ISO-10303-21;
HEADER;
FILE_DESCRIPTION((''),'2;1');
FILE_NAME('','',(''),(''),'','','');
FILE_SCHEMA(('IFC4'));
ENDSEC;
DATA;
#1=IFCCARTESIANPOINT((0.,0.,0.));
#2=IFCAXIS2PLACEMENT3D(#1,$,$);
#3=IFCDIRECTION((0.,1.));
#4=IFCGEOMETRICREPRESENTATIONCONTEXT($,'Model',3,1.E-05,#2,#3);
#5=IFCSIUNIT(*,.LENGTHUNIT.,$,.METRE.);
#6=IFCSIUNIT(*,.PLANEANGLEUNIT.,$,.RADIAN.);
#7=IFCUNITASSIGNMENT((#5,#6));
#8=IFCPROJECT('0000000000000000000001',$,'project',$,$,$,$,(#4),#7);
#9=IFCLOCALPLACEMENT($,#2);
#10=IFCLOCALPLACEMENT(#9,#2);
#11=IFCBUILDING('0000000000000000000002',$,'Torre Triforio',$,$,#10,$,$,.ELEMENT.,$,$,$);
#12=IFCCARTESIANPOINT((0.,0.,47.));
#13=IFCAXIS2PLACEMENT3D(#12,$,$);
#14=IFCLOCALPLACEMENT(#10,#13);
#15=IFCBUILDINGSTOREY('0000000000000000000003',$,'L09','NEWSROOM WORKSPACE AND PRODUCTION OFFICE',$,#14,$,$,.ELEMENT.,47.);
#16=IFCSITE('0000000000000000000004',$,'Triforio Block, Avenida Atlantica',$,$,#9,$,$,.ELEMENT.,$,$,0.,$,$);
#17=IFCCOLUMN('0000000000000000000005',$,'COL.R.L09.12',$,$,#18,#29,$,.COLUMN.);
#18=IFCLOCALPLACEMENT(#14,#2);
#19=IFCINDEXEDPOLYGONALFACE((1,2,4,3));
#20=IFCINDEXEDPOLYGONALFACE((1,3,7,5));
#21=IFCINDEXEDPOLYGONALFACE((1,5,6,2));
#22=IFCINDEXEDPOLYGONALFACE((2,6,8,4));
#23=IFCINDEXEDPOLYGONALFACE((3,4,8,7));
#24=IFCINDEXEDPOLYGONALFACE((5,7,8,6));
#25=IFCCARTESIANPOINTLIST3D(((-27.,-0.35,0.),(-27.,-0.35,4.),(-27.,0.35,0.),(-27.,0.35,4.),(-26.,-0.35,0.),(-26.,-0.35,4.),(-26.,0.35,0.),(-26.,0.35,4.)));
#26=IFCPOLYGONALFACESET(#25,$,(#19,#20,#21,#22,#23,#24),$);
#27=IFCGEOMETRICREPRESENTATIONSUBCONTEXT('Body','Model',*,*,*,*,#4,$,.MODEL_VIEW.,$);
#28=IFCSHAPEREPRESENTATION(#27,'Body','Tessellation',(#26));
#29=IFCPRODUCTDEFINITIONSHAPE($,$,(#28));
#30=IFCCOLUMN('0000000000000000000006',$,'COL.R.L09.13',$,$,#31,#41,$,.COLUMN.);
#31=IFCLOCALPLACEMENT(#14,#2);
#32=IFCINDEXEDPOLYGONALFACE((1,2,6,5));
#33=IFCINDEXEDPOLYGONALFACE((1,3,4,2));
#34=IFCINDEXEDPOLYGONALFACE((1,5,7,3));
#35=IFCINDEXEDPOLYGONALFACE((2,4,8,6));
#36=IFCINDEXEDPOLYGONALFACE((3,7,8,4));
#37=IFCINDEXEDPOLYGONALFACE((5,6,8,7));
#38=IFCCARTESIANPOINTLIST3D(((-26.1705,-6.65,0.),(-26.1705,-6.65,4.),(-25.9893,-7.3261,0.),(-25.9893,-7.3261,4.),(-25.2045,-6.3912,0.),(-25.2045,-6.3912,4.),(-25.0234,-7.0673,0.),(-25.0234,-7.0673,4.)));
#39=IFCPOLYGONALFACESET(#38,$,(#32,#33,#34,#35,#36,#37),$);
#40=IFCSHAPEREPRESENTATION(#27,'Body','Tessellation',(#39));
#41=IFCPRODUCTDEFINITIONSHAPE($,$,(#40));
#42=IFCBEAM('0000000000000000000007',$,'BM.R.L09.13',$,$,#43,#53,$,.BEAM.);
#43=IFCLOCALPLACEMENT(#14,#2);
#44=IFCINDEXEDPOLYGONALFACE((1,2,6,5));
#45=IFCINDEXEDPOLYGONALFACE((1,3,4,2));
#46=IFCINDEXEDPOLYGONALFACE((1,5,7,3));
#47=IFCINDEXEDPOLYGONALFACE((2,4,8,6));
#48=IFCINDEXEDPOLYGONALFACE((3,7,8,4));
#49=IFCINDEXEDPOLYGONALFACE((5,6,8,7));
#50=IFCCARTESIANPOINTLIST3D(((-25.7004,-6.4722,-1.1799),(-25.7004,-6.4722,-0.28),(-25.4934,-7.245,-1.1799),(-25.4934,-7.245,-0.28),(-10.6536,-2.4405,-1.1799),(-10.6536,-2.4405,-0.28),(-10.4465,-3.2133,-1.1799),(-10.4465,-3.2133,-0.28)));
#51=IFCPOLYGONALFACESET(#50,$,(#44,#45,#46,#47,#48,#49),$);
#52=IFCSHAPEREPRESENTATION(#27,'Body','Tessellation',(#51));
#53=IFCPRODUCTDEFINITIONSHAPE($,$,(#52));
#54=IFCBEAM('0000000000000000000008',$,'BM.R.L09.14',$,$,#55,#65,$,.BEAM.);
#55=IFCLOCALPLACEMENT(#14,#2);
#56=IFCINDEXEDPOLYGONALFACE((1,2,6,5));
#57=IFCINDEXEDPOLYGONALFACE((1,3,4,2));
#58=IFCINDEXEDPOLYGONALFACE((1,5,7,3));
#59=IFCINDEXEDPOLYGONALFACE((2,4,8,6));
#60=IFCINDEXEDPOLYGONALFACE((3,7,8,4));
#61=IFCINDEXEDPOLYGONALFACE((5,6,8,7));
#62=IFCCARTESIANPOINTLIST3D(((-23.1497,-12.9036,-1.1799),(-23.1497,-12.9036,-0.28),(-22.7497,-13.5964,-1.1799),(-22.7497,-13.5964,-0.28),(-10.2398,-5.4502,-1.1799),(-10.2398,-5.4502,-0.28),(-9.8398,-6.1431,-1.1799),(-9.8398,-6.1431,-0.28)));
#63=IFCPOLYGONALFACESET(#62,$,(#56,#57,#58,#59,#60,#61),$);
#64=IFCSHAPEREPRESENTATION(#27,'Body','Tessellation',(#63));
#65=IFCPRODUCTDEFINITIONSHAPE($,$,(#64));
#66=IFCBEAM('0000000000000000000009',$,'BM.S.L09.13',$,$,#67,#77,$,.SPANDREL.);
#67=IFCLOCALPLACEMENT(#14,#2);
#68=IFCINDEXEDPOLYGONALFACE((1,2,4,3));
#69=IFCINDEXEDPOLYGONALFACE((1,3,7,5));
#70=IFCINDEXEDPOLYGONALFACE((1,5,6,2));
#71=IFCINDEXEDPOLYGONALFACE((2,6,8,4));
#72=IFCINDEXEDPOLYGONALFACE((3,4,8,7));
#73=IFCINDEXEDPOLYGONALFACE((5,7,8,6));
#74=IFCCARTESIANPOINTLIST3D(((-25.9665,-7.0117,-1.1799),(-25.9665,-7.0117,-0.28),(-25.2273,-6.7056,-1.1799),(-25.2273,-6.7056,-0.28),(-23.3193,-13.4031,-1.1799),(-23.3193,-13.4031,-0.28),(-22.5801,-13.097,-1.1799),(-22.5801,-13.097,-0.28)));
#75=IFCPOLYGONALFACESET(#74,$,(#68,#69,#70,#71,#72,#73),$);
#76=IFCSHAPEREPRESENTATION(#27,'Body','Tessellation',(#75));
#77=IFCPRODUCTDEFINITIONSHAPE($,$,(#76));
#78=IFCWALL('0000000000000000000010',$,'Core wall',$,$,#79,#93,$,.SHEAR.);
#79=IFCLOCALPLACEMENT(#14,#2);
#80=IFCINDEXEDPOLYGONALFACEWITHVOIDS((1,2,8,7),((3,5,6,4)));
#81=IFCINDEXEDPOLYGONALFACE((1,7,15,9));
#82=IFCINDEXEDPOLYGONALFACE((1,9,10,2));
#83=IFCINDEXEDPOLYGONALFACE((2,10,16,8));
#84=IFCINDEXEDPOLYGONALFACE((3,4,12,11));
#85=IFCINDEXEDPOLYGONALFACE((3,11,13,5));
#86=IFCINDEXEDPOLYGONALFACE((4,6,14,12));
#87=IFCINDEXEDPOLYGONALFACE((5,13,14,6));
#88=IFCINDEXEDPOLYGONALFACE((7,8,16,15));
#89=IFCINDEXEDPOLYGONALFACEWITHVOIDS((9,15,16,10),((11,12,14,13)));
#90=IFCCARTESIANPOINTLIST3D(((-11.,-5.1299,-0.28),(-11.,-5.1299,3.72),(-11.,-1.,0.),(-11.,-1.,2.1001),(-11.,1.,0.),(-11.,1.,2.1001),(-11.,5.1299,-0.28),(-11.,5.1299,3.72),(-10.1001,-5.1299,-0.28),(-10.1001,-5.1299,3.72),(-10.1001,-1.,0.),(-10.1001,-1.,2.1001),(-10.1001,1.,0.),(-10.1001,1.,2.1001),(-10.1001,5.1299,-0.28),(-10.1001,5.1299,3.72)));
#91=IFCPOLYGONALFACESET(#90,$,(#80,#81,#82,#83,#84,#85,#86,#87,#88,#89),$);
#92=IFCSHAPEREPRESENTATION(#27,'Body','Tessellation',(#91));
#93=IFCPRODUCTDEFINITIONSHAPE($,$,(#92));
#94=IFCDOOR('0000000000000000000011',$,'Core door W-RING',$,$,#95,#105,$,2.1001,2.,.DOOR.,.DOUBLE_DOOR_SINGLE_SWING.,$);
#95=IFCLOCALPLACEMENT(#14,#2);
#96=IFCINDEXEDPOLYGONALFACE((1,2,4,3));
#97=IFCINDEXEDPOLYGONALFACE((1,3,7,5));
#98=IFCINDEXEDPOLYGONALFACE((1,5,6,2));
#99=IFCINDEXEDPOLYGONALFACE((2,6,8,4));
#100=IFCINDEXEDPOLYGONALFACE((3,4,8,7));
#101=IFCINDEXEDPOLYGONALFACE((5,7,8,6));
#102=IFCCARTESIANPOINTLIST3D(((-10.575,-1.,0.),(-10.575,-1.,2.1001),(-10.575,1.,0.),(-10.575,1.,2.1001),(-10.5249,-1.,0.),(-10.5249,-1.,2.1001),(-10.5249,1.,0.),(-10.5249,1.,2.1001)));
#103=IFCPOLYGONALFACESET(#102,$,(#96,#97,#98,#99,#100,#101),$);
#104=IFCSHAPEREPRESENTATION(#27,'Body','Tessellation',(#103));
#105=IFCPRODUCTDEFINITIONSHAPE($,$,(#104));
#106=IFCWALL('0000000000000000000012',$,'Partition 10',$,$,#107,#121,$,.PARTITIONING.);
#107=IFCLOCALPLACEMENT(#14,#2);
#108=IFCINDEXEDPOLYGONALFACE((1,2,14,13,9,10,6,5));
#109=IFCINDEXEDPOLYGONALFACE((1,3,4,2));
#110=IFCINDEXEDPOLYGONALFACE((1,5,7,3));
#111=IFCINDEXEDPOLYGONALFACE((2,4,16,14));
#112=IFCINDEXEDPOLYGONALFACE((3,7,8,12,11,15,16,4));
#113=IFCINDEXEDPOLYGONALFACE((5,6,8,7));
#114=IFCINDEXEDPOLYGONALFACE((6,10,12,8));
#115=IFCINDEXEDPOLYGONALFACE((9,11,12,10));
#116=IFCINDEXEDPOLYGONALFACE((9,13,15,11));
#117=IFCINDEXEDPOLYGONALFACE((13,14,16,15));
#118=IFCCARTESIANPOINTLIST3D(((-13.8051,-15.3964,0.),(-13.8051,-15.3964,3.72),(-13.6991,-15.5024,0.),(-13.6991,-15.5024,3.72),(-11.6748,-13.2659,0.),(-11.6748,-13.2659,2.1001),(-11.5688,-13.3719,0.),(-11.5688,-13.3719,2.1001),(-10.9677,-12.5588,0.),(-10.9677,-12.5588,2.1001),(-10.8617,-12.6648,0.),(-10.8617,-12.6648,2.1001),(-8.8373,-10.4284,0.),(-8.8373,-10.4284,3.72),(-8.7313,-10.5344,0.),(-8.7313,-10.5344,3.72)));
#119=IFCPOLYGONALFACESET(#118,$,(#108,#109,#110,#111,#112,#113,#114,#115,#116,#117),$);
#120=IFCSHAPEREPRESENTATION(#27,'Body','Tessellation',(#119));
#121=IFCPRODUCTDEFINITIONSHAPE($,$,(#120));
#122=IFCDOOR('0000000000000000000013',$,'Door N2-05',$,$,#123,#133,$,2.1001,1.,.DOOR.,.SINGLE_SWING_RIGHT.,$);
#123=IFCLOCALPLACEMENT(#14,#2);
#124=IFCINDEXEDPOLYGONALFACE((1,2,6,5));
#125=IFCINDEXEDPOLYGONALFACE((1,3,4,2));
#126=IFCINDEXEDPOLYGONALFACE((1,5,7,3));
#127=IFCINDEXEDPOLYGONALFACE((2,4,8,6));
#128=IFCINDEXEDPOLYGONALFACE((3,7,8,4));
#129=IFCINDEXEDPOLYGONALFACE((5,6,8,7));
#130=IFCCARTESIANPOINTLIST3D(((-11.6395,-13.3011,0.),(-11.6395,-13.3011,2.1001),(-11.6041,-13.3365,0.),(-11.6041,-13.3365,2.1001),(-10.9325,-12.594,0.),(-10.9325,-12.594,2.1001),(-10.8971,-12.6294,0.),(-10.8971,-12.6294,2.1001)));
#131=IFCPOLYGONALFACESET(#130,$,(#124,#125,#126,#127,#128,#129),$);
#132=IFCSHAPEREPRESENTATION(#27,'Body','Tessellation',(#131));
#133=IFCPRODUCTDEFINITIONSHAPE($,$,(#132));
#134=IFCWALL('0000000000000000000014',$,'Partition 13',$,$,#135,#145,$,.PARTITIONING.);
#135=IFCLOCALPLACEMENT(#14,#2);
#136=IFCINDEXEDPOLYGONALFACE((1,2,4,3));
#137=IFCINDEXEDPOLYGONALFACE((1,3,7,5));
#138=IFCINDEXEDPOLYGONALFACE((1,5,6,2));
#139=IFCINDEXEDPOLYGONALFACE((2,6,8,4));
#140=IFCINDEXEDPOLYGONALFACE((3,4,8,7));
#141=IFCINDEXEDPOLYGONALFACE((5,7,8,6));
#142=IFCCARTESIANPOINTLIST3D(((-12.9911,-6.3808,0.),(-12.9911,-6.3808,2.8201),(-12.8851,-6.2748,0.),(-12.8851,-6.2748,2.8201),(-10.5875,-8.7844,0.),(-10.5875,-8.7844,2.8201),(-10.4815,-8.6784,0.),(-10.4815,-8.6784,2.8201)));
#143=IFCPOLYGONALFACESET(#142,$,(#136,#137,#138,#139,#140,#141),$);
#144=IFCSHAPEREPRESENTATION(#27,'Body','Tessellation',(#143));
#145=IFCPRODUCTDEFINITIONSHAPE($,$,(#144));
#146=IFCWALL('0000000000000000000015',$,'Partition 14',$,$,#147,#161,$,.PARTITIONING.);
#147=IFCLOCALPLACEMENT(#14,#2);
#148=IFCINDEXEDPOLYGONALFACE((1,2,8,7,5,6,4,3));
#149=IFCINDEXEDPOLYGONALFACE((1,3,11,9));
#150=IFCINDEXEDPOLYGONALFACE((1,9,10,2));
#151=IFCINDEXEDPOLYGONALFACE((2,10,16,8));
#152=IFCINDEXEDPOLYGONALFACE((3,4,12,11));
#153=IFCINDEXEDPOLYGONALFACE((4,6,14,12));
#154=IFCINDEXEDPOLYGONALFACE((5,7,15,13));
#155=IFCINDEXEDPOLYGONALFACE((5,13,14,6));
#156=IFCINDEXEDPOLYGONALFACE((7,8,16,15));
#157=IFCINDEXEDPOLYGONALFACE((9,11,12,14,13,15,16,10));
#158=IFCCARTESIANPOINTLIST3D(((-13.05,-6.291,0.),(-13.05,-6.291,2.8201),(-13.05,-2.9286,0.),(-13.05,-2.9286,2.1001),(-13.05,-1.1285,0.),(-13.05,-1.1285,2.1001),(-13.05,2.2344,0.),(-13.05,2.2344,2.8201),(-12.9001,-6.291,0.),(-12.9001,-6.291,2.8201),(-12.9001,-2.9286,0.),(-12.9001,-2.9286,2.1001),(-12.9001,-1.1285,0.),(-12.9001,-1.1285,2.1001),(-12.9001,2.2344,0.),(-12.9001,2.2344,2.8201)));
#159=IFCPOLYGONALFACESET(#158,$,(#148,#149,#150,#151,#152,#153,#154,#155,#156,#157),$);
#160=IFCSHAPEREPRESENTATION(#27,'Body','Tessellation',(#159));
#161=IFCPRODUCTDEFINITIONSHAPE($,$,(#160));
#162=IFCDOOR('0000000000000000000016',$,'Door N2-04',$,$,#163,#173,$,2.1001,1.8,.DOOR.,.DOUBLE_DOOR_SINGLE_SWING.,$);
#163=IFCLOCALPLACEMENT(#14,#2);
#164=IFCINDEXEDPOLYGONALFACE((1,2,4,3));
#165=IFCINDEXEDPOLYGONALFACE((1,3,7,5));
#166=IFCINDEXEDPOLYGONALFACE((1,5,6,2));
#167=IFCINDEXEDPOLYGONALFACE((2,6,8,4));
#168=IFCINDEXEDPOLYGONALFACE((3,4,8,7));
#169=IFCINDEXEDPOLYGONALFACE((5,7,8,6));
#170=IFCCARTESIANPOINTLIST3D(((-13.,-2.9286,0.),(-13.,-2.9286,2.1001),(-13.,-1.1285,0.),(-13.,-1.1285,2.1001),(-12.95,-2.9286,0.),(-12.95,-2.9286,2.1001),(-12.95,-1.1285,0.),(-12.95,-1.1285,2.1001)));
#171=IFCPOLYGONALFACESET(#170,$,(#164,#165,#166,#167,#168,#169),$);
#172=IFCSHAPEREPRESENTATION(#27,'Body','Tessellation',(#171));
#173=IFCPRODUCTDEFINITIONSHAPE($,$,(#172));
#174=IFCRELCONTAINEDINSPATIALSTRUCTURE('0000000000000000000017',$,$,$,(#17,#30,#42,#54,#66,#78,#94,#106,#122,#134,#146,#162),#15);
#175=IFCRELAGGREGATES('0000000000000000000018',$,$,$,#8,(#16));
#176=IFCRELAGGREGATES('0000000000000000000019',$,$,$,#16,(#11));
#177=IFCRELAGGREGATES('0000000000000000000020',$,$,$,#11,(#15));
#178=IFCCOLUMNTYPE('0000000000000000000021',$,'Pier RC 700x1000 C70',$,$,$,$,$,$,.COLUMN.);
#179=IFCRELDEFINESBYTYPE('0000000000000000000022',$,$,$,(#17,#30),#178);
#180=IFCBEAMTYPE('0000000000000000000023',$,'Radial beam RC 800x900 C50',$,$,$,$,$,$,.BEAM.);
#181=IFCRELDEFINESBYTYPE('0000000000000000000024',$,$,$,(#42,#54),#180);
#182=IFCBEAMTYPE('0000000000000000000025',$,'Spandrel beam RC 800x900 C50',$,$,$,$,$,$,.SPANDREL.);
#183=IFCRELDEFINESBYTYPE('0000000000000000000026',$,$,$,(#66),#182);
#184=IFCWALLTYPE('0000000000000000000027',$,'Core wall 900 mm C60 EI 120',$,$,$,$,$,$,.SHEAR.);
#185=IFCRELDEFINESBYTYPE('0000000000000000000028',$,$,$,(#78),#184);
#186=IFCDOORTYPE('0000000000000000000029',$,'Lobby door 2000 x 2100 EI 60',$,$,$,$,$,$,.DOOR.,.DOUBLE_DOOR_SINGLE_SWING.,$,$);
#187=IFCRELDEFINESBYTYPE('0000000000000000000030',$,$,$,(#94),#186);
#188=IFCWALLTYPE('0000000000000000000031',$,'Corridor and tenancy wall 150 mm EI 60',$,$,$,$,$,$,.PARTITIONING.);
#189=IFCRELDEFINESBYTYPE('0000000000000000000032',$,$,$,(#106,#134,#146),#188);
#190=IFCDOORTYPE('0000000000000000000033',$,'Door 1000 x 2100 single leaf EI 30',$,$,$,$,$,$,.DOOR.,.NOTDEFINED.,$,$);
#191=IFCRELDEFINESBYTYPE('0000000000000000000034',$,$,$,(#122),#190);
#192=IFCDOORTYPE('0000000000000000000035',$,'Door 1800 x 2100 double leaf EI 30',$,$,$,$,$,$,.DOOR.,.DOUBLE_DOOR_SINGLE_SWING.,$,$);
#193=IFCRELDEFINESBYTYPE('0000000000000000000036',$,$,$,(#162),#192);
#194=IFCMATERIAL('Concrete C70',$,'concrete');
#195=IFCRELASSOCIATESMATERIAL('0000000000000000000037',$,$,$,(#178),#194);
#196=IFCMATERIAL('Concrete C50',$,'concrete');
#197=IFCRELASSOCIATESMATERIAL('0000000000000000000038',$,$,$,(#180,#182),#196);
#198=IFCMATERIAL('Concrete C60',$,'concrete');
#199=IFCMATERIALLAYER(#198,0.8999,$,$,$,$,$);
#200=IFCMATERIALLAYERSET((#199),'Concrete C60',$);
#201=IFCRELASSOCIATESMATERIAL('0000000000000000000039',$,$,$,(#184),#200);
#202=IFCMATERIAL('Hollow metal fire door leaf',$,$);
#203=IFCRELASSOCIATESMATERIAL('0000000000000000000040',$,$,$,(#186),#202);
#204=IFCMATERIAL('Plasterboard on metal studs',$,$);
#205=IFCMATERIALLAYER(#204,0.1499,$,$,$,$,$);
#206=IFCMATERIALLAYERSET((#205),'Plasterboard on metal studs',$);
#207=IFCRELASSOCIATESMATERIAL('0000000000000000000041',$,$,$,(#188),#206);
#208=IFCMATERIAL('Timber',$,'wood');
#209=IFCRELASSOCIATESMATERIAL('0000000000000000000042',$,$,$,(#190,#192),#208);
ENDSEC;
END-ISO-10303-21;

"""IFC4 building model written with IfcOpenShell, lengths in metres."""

from ifc_helpers import new_model, si_unit, direction, frame, frame_2d, origin, origin_2d, place, context, subcontext, project, spatial, rectangle, extrude, material, layer, layer_set, material_profile, profile_set, type_object, element, fill, save


model = new_model("IFC4")

# Units and contexts
model_context = context("Model", 3, precision=1e-05, world=origin(), true_north=direction((0.0, 1.0)))
body_context = subcontext(model_context, "Body", "Model", "MODEL_VIEW")
ifc_project = project(units=[si_unit("LENGTHUNIT", "METRE"), si_unit("PLANEANGLEUNIT", "RADIAN")], contexts=[model_context])

# Site, building, storey
site_placement = place(None, origin())
site = spatial("IfcSite", under=ifc_project, at=site_placement, Name="Triforio Block, Avenida Atlantica", CompositionType="ELEMENT", RefElevation=0.0)
building_placement = place(site_placement, origin())
building = spatial("IfcBuilding", under=site, at=building_placement, Name="Torre Triforio", CompositionType="ELEMENT")
storey_placement = place(building_placement, frame((0.0, 0.0, 47.0)))
storey = spatial("IfcBuildingStorey", under=building, at=storey_placement, Name="L09", Description="NEWSROOM WORKSPACE AND PRODUCTION OFFICE", CompositionType="ELEMENT", Elevation=47.0)

# Columns
ifc_material_1 = material(Name="Concrete C70", Category="concrete")
ifc_material_profile_1 = material_profile(ifc_material_1, rectangle(XDim=0.7, YDim=1.0, at=origin_2d()), Name="RC 700x1000")
ifc_profile_set_1 = profile_set([ifc_material_profile_1], Name="Concrete C70")
column_type = type_object("IfcColumnType", Name="Pier RC 700x1000 C70", PredefinedType="COLUMN", material=ifc_profile_set_1)
for number, where, z_axis, x_axis, name in (
    (1, (-26.5, 0.0, 0.0), (0.0, 0.0, 1.0), (0.0, -1.0, 0.0), "COL.R.L09.12"),
    (2, (-25.5969, -6.8586, 0.0), (0.0, 0.0, 1.0), (0.258819, -0.965926, 0.0), "COL.R.L09.13"),
):
    element("IfcColumn", number, at=place(storey_placement, frame(where, z_axis=z_axis, x_axis=x_axis)), inside=storey, type_object=column_type, Name=name, PredefinedType="COLUMN", context=body_context, shape_type="SweptSolid", body=[
        extrude(rectangle(XDim=0.7, YDim=1.0, at=origin_2d()), origin(), (0.0, 0.0, 1.0), 4.0),
    ])

# Beams
ifc_material_2 = material(Name="Concrete C50", Category="concrete")
ifc_material_profile_2 = material_profile(ifc_material_2, rectangle(XDim=0.8, YDim=0.8999, at=origin_2d()), Name="RC 800x900")
ifc_profile_set_2 = profile_set([ifc_material_profile_2], Name="Concrete C50")
beam_type_1 = type_object("IfcBeamType", Name="Radial beam RC 800x900 C50", PredefinedType="BEAM", material=ifc_profile_set_2)
beam_1_placement = place(storey_placement, frame((-10.55, -2.8269, -0.73), z_axis=(-0.965927, -0.258815, 0.0), x_axis=(0.258815, -0.965927, 0.0)))
element("IfcBeam", 3, at=beam_1_placement, inside=storey, type_object=beam_type_1, Name="BM.R.L09.13", PredefinedType="BEAM", context=body_context, shape_type="SweptSolid", body=[
    extrude(rectangle(XDim=0.8, YDim=0.8999, at=origin_2d()), origin(), (0.0, 0.0, 1.0), 15.5776),
])
beam_2_placement = place(storey_placement, frame((-10.0398, -5.7966, -0.73), z_axis=(-0.86603, -0.499991, 0.0), x_axis=(0.499991, -0.86603, 0.0)))
element("IfcBeam", 4, at=beam_2_placement, inside=storey, type_object=beam_type_1, Name="BM.R.L09.14", PredefinedType="BEAM", context=body_context, shape_type="SweptSolid", body=[
    extrude(rectangle(XDim=0.8, YDim=0.8999, at=origin_2d()), origin(), (0.0, 0.0, 1.0), 14.907),
])
ifc_material_profile_3 = material_profile(ifc_material_2, rectangle(XDim=0.8, YDim=0.8999, at=origin_2d()), Name="RC 800x900")
ifc_profile_set_3 = profile_set([ifc_material_profile_3], Name="Concrete C50")
beam_type_2 = type_object("IfcBeamType", Name="Spandrel beam RC 800x900 C50", PredefinedType="SPANDREL", material=ifc_profile_set_3)
beam_3_placement = place(storey_placement, frame((-25.5969, -6.8586, -0.73), z_axis=(0.382662, -0.923888, 0.0), x_axis=(0.923888, 0.382662, 0.0)))
element("IfcBeam", 5, at=beam_3_placement, inside=storey, type_object=beam_type_2, Name="BM.S.L09.13", PredefinedType="SPANDREL", context=body_context, shape_type="SweptSolid", body=[
    extrude(rectangle(XDim=0.8, YDim=0.8999, at=origin_2d()), origin(), (0.0, 0.0, 1.0), 6.918),
])

# Walls, openings, doors
ifc_material_3 = material(Name="Concrete C60", Category="concrete")
ifc_layer_1 = layer(ifc_material_3, 0.8999)
ifc_layer_set_1 = layer_set([ifc_layer_1], Name="Concrete C60")
wall_type_1 = type_object("IfcWallType", Name="Core wall 900 mm C60 EI 120", PredefinedType="SHEAR", material=ifc_layer_set_1)
wall_1_placement = place(storey_placement, frame((-10.55, -5.1299, -0.28), z_axis=(0.0, 0.0, 1.0), x_axis=(0.0, 1.0, 0.0)))
wall_1 = element("IfcWall", 6, at=wall_1_placement, inside=storey, type_object=wall_type_1, Name="Core wall", PredefinedType="SHEAR", context=body_context, shape_type="SweptSolid", body=[
    extrude(rectangle(XDim=10.2598, YDim=0.8999, at=frame_2d((5.1299, 0.0))), origin(), (0.0, 0.0, 1.0), 4.0),
])
opening_1_placement = place(wall_1_placement, frame((4.1299, 0.0, 0.28)))
opening_1 = element("IfcOpeningElement", 7, at=opening_1_placement, cuts=wall_1, PredefinedType="OPENING", context=body_context, shape_type="SweptSolid", body=[
    extrude(rectangle(XDim=2.0, YDim=2.1001, at=frame_2d((1.0, 1.05))), frame((0.0, 0.46, 0.0), z_axis=(0.0, -1.0, 0.0), x_axis=(1.0, 0.0, 0.0)), (0.0, 0.0, 1.0), 0.9199),
])
ifc_material_4 = material(Name="Hollow metal fire door leaf")
door_type_1 = type_object("IfcDoorType", Name="Lobby door 2000 x 2100 EI 60", OperationType="DOUBLE_DOOR_SINGLE_SWING", PredefinedType="DOOR", material=ifc_material_4)
door_1_placement = place(opening_1_placement, origin())
door_1 = element("IfcDoor", 8, at=door_1_placement, inside=storey, type_object=door_type_1, Name="Core door W-RING", OperationType="DOUBLE_DOOR_SINGLE_SWING", OverallHeight=2.1001, OverallWidth=2.0, PredefinedType="DOOR", context=body_context, shape_type="SweptSolid", body=[
    extrude(rectangle(XDim=2.0, YDim=2.1001, at=frame_2d((1.0, 1.05))), frame((0.0, 0.0249, 0.0), z_axis=(0.0, -1.0, 0.0), x_axis=(1.0, 0.0, 0.0)), (0.0, 0.0, 1.0), 0.05),
])
fill(opening_1, door_1)
ifc_material_5 = material(Name="Plasterboard on metal studs")
ifc_layer_2 = layer(ifc_material_5, 0.1499)
ifc_layer_set_2 = layer_set([ifc_layer_2], Name="Plasterboard on metal studs")
wall_type_2 = type_object("IfcWallType", Name="Corridor and tenancy wall 150 mm EI 60", PredefinedType="PARTITIONING", material=ifc_layer_set_2)
wall_2_placement = place(storey_placement, frame((-8.7844, -10.4814, 0.0), z_axis=(0.0, 0.0, 1.0), x_axis=(-0.707089, -0.707124, 0.0)))
wall_2 = element("IfcWall", 9, at=wall_2_placement, inside=storey, type_object=wall_type_2, Name="Partition 10", PredefinedType="PARTITIONING", context=body_context, shape_type="SweptSolid", body=[
    extrude(rectangle(XDim=7.0256, YDim=0.1499, at=frame_2d((3.5127, 0.0))), origin(), (0.0, 0.0, 1.0), 3.72),
])
opening_2_placement = place(wall_2_placement, frame((3.0127, 0.0, 0.0)))
opening_2 = element("IfcOpeningElement", 10, at=opening_2_placement, cuts=wall_2, PredefinedType="OPENING", context=body_context, shape_type="SweptSolid", body=[
    extrude(rectangle(XDim=1.0, YDim=2.1001, at=frame_2d((0.5, 1.05))), frame((0.0, 0.085, 0.0), z_axis=(0.0, -1.0, 0.0), x_axis=(1.0, 0.0, 0.0)), (0.0, 0.0, 1.0), 0.1699),
])
ifc_material_6 = material(Name="Timber", Category="wood")
door_type_2 = type_object("IfcDoorType", Name="Door 1000 x 2100 single leaf EI 30", OperationType="NOTDEFINED", PredefinedType="DOOR", material=ifc_material_6)
door_2_placement = place(opening_2_placement, origin())
door_2 = element("IfcDoor", 11, at=door_2_placement, inside=storey, type_object=door_type_2, Name="Door N2-05", OperationType="SINGLE_SWING_RIGHT", OverallHeight=2.1001, OverallWidth=1.0, PredefinedType="DOOR", context=body_context, shape_type="SweptSolid", body=[
    extrude(rectangle(XDim=1.0, YDim=2.1001, at=frame_2d((0.5, 1.05))), frame((0.0, 0.0249, 0.0), z_axis=(0.0, -1.0, 0.0), x_axis=(1.0, 0.0, 0.0)), (0.0, 0.0, 1.0), 0.05),
])
fill(opening_2, door_2)

# Wall
wall_3_placement = place(storey_placement, frame((-10.5344, -8.7314, 0.0), z_axis=(0.0, 0.0, 1.0), x_axis=(-0.707107, 0.707107, 0.0)))
element("IfcWall", 12, at=wall_3_placement, inside=storey, type_object=wall_type_2, Name="Partition 13", PredefinedType="PARTITIONING", context=body_context, shape_type="SweptSolid", body=[
    extrude(rectangle(XDim=3.3992, YDim=0.1499, at=frame_2d((1.6997, 0.0))), origin(), (0.0, 0.0, 1.0), 2.8201),
])

# Wall, opening, door
wall_4_placement = place(storey_placement, frame((-12.9751, -6.291, 0.0), z_axis=(0.0, 0.0, 1.0), x_axis=(0.0, 1.0, 0.0)))
wall_4 = element("IfcWall", 13, at=wall_4_placement, inside=storey, type_object=wall_type_2, Name="Partition 14", PredefinedType="PARTITIONING", context=body_context, shape_type="SweptSolid", body=[
    extrude(rectangle(XDim=8.5254, YDim=0.1499, at=frame_2d((4.2627, 0.0))), origin(), (0.0, 0.0, 1.0), 2.8201),
])
opening_3_placement = place(wall_4_placement, frame((3.3625, 0.0, 0.0)))
opening_3 = element("IfcOpeningElement", 14, at=opening_3_placement, cuts=wall_4, PredefinedType="OPENING", context=body_context, shape_type="SweptSolid", body=[
    extrude(rectangle(XDim=1.8, YDim=2.1001, at=frame_2d((0.8999, 1.05))), frame((0.0, 0.085, 0.0), z_axis=(0.0, -1.0, 0.0), x_axis=(1.0, 0.0, 0.0)), (0.0, 0.0, 1.0), 0.1699),
])
door_type_3 = type_object("IfcDoorType", Name="Door 1800 x 2100 double leaf EI 30", OperationType="DOUBLE_DOOR_SINGLE_SWING", PredefinedType="DOOR", material=ifc_material_6)
door_3_placement = place(opening_3_placement, origin())
door_3 = element("IfcDoor", 15, at=door_3_placement, inside=storey, type_object=door_type_3, Name="Door N2-04", OperationType="DOUBLE_DOOR_SINGLE_SWING", OverallHeight=2.1001, OverallWidth=1.8, PredefinedType="DOOR", context=body_context, shape_type="SweptSolid", body=[
    extrude(rectangle(XDim=1.8, YDim=2.1001, at=frame_2d((0.8999, 1.05))), frame((0.0, 0.0249, 0.0), z_axis=(0.0, -1.0, 0.0), x_axis=(1.0, 0.0, 0.0)), (0.0, 0.0, 1.0), 0.05),
])
fill(opening_3, door_3)

save(model, "model.ifc")
